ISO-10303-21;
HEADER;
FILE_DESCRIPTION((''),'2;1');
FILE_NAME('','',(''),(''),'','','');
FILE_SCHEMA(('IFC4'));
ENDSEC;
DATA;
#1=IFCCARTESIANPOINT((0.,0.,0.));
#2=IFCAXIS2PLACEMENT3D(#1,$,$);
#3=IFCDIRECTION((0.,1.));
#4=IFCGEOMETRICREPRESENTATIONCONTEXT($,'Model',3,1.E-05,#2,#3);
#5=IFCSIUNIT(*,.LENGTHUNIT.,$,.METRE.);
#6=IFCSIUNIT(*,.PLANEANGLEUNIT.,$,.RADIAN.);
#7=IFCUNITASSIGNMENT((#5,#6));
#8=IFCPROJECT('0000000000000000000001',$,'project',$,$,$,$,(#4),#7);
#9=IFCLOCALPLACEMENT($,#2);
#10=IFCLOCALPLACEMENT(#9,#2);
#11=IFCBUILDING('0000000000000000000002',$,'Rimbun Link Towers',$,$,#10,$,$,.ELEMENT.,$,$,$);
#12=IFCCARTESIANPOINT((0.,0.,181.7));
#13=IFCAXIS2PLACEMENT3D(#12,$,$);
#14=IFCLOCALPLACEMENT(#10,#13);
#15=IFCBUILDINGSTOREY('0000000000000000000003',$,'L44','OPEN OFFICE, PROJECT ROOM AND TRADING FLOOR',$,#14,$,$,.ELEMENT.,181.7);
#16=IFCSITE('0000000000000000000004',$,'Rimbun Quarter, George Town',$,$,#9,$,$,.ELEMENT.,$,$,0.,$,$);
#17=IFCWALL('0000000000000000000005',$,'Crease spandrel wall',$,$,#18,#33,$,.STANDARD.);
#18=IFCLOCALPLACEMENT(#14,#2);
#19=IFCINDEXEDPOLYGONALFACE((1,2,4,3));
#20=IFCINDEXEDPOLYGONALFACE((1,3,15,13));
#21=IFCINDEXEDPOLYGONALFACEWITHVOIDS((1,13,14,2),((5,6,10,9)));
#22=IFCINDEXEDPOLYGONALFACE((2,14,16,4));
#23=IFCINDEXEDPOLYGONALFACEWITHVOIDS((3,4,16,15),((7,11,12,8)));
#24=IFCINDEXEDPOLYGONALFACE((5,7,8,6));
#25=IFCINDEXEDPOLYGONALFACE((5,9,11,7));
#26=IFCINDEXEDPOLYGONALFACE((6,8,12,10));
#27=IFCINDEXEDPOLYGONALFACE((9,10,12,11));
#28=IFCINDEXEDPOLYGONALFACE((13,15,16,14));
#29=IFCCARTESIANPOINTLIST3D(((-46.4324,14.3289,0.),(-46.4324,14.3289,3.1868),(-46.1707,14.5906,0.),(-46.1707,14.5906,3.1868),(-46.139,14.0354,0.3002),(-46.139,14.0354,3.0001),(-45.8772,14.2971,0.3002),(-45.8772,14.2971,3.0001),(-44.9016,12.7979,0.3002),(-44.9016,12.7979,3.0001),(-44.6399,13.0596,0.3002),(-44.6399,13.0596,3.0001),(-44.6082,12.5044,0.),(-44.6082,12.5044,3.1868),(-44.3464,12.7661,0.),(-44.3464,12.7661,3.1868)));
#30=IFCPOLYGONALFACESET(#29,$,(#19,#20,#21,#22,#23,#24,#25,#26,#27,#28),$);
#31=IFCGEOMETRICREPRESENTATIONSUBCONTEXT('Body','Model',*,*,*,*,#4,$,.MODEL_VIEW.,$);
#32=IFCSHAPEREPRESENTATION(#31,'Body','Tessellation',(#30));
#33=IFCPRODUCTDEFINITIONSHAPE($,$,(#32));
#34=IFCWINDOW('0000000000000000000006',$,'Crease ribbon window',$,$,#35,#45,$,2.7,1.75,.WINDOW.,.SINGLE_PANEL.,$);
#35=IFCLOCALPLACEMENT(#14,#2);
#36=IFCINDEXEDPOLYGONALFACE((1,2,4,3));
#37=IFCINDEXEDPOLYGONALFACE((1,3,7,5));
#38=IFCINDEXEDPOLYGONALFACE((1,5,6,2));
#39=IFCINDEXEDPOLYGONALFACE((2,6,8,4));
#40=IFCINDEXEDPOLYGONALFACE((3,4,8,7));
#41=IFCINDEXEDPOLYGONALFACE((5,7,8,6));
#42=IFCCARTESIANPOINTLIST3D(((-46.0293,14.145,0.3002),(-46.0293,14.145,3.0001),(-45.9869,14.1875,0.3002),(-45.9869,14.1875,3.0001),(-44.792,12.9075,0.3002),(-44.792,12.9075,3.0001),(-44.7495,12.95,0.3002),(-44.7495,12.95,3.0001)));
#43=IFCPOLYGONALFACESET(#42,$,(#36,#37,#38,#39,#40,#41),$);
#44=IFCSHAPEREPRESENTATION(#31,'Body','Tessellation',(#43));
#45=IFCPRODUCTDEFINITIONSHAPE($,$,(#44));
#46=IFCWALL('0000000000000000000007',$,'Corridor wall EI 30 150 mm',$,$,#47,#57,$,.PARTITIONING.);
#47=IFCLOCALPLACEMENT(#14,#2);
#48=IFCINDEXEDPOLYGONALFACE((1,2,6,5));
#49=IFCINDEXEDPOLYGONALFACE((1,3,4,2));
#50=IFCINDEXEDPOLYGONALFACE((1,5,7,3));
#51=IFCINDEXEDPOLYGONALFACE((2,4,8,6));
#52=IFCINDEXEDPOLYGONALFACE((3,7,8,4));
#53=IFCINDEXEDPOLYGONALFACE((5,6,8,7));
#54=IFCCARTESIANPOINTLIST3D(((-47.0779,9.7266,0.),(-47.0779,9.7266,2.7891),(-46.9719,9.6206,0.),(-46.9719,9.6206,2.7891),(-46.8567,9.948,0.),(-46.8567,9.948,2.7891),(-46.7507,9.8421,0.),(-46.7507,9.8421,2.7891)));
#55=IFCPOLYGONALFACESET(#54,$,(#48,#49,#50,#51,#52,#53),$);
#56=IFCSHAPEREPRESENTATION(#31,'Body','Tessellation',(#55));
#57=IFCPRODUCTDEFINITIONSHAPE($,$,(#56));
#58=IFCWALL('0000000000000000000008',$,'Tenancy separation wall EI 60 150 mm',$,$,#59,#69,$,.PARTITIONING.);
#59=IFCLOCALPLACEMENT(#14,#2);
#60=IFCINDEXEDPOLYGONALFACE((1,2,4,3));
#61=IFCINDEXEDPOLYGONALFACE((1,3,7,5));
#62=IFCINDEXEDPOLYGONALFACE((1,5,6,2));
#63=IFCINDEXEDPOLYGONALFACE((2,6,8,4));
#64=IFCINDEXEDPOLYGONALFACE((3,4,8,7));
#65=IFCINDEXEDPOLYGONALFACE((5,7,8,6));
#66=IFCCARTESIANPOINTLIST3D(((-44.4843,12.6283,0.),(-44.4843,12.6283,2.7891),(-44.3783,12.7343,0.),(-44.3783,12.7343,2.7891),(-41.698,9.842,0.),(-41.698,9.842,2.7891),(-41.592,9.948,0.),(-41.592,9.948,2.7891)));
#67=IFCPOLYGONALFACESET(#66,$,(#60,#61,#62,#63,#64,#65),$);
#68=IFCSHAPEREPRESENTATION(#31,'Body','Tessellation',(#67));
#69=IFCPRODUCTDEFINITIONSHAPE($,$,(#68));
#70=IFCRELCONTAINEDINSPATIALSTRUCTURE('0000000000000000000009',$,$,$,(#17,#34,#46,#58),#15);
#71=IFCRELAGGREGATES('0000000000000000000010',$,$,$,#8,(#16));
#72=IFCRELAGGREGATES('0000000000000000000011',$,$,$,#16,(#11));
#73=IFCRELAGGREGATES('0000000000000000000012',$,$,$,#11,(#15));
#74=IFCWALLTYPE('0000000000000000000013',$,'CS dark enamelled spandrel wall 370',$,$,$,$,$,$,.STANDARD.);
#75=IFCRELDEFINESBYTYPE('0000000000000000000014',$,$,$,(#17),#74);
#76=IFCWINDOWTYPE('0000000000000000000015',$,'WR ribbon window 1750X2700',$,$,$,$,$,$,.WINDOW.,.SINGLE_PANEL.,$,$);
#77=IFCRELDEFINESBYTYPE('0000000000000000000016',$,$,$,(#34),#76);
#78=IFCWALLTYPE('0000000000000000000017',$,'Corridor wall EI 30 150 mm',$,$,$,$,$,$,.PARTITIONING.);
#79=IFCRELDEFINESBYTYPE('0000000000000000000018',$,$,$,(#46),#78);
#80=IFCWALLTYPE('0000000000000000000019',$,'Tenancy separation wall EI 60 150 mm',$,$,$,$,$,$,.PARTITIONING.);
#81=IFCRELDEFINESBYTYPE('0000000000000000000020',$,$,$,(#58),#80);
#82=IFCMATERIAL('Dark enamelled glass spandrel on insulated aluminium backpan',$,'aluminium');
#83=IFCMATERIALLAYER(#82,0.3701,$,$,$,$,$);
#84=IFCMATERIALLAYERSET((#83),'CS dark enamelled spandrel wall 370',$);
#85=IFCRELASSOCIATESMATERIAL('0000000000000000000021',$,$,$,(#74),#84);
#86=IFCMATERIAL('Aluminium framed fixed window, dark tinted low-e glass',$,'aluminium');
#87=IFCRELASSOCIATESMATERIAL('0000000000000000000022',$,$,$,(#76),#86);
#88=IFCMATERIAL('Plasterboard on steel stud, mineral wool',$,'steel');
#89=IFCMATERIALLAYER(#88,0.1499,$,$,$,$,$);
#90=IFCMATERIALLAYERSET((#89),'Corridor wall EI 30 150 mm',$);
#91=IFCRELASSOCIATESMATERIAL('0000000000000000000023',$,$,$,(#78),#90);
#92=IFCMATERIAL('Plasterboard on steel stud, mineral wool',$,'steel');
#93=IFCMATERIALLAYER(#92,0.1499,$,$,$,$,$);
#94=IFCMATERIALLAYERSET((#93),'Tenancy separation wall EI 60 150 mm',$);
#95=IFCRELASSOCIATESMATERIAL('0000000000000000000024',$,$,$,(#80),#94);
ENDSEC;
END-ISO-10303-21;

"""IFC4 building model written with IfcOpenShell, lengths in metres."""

from ifc_helpers import new_model, si_unit, direction, frame, frame_2d, origin, place, context, subcontext, project, spatial, rectangle, extrude, material, layer, layer_set, type_object, element, fill, save


model = new_model("IFC4")

# Units and contexts
model_context = context("Model", 3, precision=1e-05, world=origin(), true_north=direction((0.0, 1.0)))
body_context = subcontext(model_context, "Body", "Model", "MODEL_VIEW")
ifc_project = project(units=[si_unit("LENGTHUNIT", "METRE"), si_unit("PLANEANGLEUNIT", "RADIAN")], contexts=[model_context])

# Site, building, storey
site_placement = place(None, origin())
site = spatial("IfcSite", under=ifc_project, at=site_placement, Name="Rimbun Quarter, George Town", CompositionType="ELEMENT", RefElevation=0.0)
building_placement = place(site_placement, origin())
building = spatial("IfcBuilding", under=site, at=building_placement, Name="Rimbun Link Towers", CompositionType="ELEMENT")
storey_placement = place(building_placement, frame((0.0, 0.0, 181.7)))
storey = spatial("IfcBuildingStorey", under=building, at=storey_placement, Name="L44", Description="OPEN OFFICE, PROJECT ROOM AND TRADING FLOOR", CompositionType="ELEMENT", Elevation=181.7)

# Wall, opening, window
ifc_material_1 = material(Name="Dark enamelled glass spandrel on insulated aluminium backpan", Category="aluminium")
ifc_layer_1 = layer(ifc_material_1, 0.3701)
ifc_layer_set_1 = layer_set([ifc_layer_1], Name="CS dark enamelled spandrel wall 370")
wall_type_1 = type_object("IfcWallType", Name="CS dark enamelled spandrel wall 370", PredefinedType="STANDARD", material=ifc_layer_set_1)
wall_1_placement = place(storey_placement, frame((-44.4773, 12.6353, 0.0), z_axis=(0.0, 0.0, 1.0), x_axis=(-0.707059, 0.707154, 0.0)))
wall_1 = element("IfcWall", 1, at=wall_1_placement, inside=storey, type_object=wall_type_1, Name="Crease spandrel wall", PredefinedType="STANDARD", context=body_context, shape_type="SweptSolid", body=[
    extrude(rectangle(XDim=2.5801, YDim=0.3701, at=frame_2d((1.29, 0.0))), origin(), (0.0, 0.0, 1.0), 3.1868),
])
opening_placement = place(wall_1_placement, frame((0.415, 0.0, 0.3)))
opening = element("IfcOpeningElement", 2, at=opening_placement, cuts=wall_1, PredefinedType="OPENING", context=body_context, shape_type="SweptSolid", body=[
    extrude(rectangle(XDim=1.75, YDim=2.7, at=frame_2d((0.875, 1.3501))), frame((0.0, 0.1951, 0.0), z_axis=(0.0, -1.0, 0.0), x_axis=(1.0, 0.0, 0.0)), (0.0, 0.0, 1.0), 0.3901),
])
ifc_material_2 = material(Name="Aluminium framed fixed window, dark tinted low-e glass", Category="aluminium")
window_type = type_object("IfcWindowType", Name="WR ribbon window 1750X2700", PartitioningType="SINGLE_PANEL", PredefinedType="WINDOW", material=ifc_material_2)
window_placement = place(opening_placement, origin())
window = element("IfcWindow", 3, at=window_placement, inside=storey, type_object=window_type, Name="Crease ribbon window", OverallHeight=2.7, OverallWidth=1.75, PartitioningType="SINGLE_PANEL", PredefinedType="WINDOW", context=body_context, shape_type="SweptSolid", body=[
    extrude(rectangle(XDim=1.75, YDim=2.7, at=frame_2d((0.875, 1.3501))), frame((0.0, 0.03, 0.0), z_axis=(0.0, -1.0, 0.0), x_axis=(1.0, 0.0, 0.0)), (0.0, 0.0, 1.0), 0.0601),
])
fill(opening, window)

# Walls
ifc_material_3 = material(Name="Plasterboard on steel stud, mineral wool", Category="steel")
ifc_layer_2 = layer(ifc_material_3, 0.1499)
ifc_layer_set_2 = layer_set([ifc_layer_2], Name="Corridor wall EI 30 150 mm")
wall_type_2 = type_object("IfcWallType", Name="Corridor wall EI 30 150 mm", PredefinedType="PARTITIONING", material=ifc_layer_set_2)
wall_2_placement = place(storey_placement, frame((-46.8037, 9.895, 0.0), z_axis=(0.0, 0.0, 1.0), x_axis=(-0.706717, -0.707497, 0.0)))
element("IfcWall", 4, at=wall_2_placement, inside=storey, type_object=wall_type_2, Name="Corridor wall EI 30 150 mm", PredefinedType="PARTITIONING", context=body_context, shape_type="SweptSolid", body=[
    extrude(rectangle(XDim=0.313, YDim=0.1499, at=frame_2d((0.1565, 0.0))), origin(), (0.0, 0.0, 1.0), 2.7891),
])
ifc_material_4 = material(Name="Plasterboard on steel stud, mineral wool", Category="steel")
ifc_layer_3 = layer(ifc_material_4, 0.1499)
ifc_layer_set_3 = layer_set([ifc_layer_3], Name="Tenancy separation wall EI 60 150 mm")
wall_type_3 = type_object("IfcWallType", Name="Tenancy separation wall EI 60 150 mm", PredefinedType="PARTITIONING", material=ifc_layer_set_3)
wall_3_placement = place(storey_placement, frame((-41.645, 9.895, 0.0), z_axis=(0.0, 0.0, 1.0), x_axis=(-0.707107, 0.707107, 0.0)))
element("IfcWall", 5, at=wall_3_placement, inside=storey, type_object=wall_type_3, Name="Tenancy separation wall EI 60 150 mm", PredefinedType="PARTITIONING", context=body_context, shape_type="SweptSolid", body=[
    extrude(rectangle(XDim=3.9404, YDim=0.1499, at=frame_2d((1.9702, 0.0))), origin(), (0.0, 0.0, 1.0), 2.7891),
])

save(model, "model.ifc")
